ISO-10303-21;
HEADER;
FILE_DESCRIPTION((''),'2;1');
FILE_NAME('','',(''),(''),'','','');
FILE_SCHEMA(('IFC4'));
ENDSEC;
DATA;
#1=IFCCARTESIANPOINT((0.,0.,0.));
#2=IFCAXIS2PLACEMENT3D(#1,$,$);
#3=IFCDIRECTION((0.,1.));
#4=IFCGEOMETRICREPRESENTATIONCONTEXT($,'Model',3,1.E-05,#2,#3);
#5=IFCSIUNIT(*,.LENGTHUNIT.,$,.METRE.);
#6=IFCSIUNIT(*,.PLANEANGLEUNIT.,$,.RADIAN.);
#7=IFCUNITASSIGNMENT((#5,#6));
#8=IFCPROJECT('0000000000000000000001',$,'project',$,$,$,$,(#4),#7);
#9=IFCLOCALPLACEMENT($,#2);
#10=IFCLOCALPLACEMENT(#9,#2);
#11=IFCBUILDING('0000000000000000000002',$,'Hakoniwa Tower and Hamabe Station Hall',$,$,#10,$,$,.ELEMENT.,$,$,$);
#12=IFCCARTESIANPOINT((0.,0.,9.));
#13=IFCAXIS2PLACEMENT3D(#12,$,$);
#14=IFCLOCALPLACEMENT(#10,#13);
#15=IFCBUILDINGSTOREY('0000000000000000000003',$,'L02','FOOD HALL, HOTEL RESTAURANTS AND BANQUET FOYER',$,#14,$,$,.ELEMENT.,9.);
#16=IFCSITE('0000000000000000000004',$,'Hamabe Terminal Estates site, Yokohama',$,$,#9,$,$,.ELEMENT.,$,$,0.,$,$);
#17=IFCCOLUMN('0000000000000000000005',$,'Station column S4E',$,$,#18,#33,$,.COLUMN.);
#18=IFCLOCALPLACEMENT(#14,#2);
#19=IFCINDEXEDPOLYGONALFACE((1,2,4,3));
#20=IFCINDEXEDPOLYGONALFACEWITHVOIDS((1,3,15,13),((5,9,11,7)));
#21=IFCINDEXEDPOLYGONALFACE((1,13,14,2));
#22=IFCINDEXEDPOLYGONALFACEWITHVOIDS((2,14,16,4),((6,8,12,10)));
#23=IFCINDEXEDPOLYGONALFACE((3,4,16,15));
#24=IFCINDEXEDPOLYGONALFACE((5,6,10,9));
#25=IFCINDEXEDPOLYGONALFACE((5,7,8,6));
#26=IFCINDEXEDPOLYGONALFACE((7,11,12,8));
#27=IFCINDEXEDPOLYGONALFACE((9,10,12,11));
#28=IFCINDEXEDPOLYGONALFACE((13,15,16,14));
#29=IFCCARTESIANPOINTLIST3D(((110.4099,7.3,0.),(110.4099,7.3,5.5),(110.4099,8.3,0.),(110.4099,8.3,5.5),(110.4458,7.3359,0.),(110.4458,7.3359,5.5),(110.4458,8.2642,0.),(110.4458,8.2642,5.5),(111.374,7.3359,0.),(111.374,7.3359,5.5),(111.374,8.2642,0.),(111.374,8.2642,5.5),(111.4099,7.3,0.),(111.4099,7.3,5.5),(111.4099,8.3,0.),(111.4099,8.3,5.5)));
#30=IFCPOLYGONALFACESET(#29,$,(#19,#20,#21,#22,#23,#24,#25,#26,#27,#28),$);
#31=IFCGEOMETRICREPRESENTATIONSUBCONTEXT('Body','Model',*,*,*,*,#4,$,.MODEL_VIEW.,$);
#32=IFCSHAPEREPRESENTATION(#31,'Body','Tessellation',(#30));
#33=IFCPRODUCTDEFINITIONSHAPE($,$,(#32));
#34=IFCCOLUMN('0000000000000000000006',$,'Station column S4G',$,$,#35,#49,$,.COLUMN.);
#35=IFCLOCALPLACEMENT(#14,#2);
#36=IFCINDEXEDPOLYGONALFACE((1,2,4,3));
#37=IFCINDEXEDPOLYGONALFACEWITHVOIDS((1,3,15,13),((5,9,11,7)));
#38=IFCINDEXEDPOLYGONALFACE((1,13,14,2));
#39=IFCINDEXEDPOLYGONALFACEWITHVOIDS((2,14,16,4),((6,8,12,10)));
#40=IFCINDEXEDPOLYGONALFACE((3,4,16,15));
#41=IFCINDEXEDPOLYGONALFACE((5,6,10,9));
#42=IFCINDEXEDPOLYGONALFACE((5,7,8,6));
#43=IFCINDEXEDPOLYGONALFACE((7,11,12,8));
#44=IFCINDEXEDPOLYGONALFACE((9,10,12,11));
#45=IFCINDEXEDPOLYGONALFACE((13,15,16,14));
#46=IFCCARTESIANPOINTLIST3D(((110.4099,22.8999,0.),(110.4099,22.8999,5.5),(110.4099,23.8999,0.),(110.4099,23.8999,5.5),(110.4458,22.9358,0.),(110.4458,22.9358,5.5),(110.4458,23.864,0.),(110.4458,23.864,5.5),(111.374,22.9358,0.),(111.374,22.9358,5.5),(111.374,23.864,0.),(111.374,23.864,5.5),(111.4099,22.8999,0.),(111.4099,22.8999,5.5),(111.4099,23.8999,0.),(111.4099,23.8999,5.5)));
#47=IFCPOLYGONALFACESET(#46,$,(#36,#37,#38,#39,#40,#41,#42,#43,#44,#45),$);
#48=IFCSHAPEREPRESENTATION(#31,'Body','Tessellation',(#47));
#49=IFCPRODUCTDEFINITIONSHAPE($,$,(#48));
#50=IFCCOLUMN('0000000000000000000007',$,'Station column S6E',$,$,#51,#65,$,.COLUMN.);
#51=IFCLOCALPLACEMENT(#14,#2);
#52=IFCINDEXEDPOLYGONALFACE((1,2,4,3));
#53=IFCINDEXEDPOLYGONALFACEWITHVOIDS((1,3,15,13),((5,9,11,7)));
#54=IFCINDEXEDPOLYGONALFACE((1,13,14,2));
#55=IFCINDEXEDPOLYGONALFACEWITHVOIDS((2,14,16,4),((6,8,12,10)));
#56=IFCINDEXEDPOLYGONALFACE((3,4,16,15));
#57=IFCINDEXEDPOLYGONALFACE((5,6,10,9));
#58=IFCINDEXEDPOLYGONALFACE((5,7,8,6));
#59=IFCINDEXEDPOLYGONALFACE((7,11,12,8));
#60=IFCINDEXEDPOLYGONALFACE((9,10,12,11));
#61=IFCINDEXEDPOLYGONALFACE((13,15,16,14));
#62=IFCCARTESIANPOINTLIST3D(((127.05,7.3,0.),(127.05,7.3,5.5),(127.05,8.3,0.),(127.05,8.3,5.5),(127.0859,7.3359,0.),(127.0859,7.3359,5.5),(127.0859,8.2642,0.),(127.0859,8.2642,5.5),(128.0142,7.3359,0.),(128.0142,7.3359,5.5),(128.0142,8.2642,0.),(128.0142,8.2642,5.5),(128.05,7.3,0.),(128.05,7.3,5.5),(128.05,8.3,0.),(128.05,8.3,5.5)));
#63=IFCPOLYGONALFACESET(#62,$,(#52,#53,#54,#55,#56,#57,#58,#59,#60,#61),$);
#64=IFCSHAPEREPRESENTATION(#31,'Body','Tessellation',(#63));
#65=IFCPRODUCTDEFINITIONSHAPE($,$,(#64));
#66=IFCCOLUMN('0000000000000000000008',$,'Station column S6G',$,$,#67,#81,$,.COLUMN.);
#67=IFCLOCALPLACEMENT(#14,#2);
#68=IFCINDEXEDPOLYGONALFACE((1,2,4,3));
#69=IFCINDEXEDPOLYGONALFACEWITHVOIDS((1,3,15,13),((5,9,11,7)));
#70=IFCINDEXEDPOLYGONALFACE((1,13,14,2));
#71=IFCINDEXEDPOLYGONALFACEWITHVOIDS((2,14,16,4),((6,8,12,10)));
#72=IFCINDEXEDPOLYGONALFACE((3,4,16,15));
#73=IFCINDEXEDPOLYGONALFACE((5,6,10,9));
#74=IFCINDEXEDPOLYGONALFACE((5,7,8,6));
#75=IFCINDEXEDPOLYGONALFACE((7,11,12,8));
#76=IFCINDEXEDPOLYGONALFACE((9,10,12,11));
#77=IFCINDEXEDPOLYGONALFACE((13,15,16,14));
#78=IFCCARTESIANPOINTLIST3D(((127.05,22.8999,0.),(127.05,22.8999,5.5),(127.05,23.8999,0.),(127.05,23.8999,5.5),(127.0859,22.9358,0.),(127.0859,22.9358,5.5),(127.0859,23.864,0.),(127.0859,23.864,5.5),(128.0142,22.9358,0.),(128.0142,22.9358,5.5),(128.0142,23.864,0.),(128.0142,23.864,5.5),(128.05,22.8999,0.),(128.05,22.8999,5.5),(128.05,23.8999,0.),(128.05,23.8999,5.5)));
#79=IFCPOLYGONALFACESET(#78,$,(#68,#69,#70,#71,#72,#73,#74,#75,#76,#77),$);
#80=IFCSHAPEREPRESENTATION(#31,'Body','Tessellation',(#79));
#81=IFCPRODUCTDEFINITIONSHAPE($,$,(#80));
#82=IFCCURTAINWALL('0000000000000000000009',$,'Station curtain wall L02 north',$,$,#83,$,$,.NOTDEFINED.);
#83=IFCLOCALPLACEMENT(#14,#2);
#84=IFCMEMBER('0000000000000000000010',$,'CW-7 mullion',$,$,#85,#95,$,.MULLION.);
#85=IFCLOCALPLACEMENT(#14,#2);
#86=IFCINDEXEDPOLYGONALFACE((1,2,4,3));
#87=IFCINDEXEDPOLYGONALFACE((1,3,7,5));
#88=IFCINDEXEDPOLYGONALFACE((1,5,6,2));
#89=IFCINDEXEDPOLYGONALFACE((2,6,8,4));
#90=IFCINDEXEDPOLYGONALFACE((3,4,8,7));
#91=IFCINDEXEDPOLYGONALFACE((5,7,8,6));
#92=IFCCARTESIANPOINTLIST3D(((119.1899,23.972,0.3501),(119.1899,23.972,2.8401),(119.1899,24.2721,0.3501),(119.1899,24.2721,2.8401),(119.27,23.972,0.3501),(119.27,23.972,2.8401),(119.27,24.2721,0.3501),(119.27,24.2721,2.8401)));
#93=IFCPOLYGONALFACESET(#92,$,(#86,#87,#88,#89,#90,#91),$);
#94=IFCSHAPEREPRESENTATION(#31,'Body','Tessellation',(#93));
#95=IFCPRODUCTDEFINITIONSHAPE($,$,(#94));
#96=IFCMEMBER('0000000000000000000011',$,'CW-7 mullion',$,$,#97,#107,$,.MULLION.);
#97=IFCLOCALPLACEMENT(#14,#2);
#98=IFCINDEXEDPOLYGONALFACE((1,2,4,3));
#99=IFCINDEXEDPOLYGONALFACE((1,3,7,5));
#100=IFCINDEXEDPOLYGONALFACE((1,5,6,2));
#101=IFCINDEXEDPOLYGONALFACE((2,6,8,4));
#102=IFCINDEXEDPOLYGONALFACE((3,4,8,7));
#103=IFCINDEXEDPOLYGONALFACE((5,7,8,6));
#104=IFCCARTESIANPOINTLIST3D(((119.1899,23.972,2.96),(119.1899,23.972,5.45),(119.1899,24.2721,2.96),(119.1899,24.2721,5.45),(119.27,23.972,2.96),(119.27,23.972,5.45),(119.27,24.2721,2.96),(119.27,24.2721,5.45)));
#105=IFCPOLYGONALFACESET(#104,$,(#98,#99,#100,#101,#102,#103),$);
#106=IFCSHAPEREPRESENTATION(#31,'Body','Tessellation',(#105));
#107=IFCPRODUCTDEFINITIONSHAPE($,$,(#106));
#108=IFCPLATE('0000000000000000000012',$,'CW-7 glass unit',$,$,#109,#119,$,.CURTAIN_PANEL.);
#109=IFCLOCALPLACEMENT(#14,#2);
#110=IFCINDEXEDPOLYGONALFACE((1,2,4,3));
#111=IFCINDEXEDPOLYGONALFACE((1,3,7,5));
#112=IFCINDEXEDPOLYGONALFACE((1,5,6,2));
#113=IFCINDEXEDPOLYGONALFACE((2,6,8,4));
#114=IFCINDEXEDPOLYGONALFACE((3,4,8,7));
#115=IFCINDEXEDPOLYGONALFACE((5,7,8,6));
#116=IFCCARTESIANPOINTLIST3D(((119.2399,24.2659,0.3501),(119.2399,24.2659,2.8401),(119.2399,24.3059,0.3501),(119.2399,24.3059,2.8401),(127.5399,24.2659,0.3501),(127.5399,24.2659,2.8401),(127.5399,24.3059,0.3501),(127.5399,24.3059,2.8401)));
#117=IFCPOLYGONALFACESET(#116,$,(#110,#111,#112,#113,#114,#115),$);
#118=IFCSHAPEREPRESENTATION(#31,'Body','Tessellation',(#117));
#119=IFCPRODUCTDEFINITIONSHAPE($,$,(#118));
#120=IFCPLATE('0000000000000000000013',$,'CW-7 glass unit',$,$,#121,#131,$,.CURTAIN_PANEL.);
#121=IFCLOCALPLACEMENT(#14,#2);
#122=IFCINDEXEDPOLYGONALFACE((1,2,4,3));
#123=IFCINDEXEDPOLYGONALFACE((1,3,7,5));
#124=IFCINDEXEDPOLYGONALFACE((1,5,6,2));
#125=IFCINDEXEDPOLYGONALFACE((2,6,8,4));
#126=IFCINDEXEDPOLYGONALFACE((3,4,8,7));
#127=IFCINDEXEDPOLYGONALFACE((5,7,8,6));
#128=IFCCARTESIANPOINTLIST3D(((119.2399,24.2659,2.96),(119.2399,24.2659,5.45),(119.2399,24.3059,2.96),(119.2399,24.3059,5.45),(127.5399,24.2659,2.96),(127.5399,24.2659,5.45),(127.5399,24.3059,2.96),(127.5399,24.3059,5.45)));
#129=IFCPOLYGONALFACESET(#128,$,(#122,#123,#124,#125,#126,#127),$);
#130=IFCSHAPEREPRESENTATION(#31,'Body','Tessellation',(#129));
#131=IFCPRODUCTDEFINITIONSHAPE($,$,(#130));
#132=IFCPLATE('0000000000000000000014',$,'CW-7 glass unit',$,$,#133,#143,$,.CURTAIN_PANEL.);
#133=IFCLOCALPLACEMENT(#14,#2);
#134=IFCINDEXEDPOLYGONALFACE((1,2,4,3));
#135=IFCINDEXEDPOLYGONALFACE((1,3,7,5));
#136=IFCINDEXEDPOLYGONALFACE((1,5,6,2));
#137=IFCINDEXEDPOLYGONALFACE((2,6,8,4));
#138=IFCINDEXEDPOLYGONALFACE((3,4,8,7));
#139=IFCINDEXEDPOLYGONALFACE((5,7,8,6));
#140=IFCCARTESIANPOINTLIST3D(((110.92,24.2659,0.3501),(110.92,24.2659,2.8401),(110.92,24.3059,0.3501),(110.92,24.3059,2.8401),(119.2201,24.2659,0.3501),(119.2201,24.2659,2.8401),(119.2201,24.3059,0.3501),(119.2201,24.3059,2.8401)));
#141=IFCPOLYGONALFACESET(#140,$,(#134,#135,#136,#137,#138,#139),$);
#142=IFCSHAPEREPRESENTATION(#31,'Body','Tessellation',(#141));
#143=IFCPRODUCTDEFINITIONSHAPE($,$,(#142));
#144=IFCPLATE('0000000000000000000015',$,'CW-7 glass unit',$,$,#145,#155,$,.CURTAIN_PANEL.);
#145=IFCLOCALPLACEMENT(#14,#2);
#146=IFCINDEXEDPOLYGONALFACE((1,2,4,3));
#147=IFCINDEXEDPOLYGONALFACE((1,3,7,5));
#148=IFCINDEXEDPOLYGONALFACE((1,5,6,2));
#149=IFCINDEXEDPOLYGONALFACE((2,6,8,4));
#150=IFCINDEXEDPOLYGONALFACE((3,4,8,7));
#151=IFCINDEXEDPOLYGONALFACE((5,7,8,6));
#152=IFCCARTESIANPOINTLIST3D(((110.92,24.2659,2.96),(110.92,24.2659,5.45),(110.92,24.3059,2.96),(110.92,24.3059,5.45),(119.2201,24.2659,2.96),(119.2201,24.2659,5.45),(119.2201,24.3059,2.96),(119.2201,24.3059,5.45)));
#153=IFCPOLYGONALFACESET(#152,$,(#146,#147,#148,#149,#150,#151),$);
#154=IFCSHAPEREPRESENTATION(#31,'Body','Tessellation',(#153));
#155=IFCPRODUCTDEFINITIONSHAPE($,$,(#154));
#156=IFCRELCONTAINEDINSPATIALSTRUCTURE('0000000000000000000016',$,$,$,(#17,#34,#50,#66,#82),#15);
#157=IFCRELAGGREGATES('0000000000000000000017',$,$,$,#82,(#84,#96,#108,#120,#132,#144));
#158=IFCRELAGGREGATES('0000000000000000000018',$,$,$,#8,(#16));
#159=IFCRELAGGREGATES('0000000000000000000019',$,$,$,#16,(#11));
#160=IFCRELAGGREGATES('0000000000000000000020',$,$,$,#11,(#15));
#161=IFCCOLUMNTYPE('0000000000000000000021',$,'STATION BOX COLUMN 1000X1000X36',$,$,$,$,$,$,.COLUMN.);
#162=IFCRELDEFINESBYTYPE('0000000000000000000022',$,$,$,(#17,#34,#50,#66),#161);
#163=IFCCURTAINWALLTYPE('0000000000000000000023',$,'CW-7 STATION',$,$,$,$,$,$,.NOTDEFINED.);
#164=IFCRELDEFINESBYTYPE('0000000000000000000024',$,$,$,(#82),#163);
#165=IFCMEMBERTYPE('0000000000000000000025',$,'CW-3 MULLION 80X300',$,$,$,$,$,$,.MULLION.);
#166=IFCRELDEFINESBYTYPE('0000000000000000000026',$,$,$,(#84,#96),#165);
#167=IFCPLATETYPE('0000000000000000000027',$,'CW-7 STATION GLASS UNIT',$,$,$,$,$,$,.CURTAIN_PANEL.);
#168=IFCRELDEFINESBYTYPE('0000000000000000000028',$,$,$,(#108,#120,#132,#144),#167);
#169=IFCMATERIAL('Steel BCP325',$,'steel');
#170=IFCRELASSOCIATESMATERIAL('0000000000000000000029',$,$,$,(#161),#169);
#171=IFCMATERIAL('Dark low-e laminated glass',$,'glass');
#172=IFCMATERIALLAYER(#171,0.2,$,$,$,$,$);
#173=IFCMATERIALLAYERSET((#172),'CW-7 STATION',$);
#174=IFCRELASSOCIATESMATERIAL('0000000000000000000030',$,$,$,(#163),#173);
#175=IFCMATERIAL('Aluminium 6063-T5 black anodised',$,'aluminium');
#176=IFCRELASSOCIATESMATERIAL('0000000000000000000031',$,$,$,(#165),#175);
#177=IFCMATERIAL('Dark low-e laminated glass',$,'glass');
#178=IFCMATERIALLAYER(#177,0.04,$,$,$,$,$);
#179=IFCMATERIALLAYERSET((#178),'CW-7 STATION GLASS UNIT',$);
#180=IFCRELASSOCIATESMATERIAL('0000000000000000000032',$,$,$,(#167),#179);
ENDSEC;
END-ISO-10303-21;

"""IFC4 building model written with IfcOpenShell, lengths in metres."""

from ifc_helpers import new_model, si_unit, direction, frame, origin, origin_2d, place, context, subcontext, project, spatial, rectangle, hollow_rectangle, extrude, material, layer, layer_set, material_profile, profile_set, type_object, element, aggregate, save


model = new_model("IFC4")

# Units and contexts
model_context = context("Model", 3, precision=1e-05, world=origin(), true_north=direction((0.0, 1.0)))
body_context = subcontext(model_context, "Body", "Model", "MODEL_VIEW")
ifc_project = project(units=[si_unit("LENGTHUNIT", "METRE"), si_unit("PLANEANGLEUNIT", "RADIAN")], contexts=[model_context])

# Site, building, storey
site_placement = place(None, origin())
site = spatial("IfcSite", under=ifc_project, at=site_placement, Name="Hamabe Terminal Estates site, Yokohama", CompositionType="ELEMENT", RefElevation=0.0)
building_placement = place(site_placement, origin())
building = spatial("IfcBuilding", under=site, at=building_placement, Name="Hakoniwa Tower and Hamabe Station Hall", CompositionType="ELEMENT")
storey_placement = place(building_placement, frame((0.0, 0.0, 9.0)))
storey = spatial("IfcBuildingStorey", under=building, at=storey_placement, Name="L02", Description="FOOD HALL, HOTEL RESTAURANTS AND BANQUET FOYER", CompositionType="ELEMENT", Elevation=9.0)

# Columns
ifc_material_1 = material(Name="Steel BCP325", Category="steel")
ifc_material_profile_1 = material_profile(ifc_material_1, hollow_rectangle(XDim=1.0, YDim=1.0, WallThickness=0.0359, at=origin_2d()), Name="STATION BOX COLUMN 1000X1000X36")
ifc_profile_set_1 = profile_set([ifc_material_profile_1], Name="Steel BCP325")
column_type = type_object("IfcColumnType", Name="STATION BOX COLUMN 1000X1000X36", PredefinedType="COLUMN", material=ifc_profile_set_1)
for number, where, z_axis, x_axis, name in (
    (1, (110.9099, 7.8, 0.0), (0.0, 0.0, 1.0), (1.0, 0.0, 0.0), "Station column S4E"),
    (2, (110.9099, 23.3999, 0.0), (0.0, 0.0, 1.0), (1.0, 0.0, 0.0), "Station column S4G"),
    (3, (127.55, 7.8, 0.0), (0.0, 0.0, 1.0), (1.0, 0.0, 0.0), "Station column S6E"),
    (4, (127.55, 23.3999, 0.0), (0.0, 0.0, 1.0), (1.0, 0.0, 0.0), "Station column S6G"),
):
    element("IfcColumn", number, at=place(storey_placement, frame(where, z_axis=z_axis, x_axis=x_axis)), inside=storey, type_object=column_type, Name=name, PredefinedType="COLUMN", context=body_context, shape_type="SweptSolid", body=[
        extrude(hollow_rectangle(XDim=1.0, YDim=1.0, WallThickness=0.0359, at=origin_2d()), origin(), (0.0, 0.0, 1.0), 5.5),
    ])

# Curtain wall, members, plates
ifc_material_2 = material(Name="Dark low-e laminated glass", Category="glass")
ifc_layer_1 = layer(ifc_material_2, 0.2)
ifc_layer_set_1 = layer_set([ifc_layer_1], Name="CW-7 STATION")
curtain_wall_type = type_object("IfcCurtainWallType", Name="CW-7 STATION", PredefinedType="NOTDEFINED", material=ifc_layer_set_1)
curtain_wall_placement = place(storey_placement, origin())
curtain_wall = element("IfcCurtainWall", 5, at=curtain_wall_placement, inside=storey, type_object=curtain_wall_type, Name="Station curtain wall L02 north", PredefinedType="NOTDEFINED")
ifc_material_3 = material(Name="Aluminium 6063-T5 black anodised", Category="aluminium")
ifc_material_profile_2 = material_profile(ifc_material_3, rectangle(XDim=0.0801, YDim=0.3, at=origin_2d()), Name="CW-3 MULLION 80X300")
ifc_profile_set_2 = profile_set([ifc_material_profile_2], Name="Aluminium 6063-T5 black anodised")
member_type = type_object("IfcMemberType", Name="CW-3 MULLION 80X300", PredefinedType="MULLION", material=ifc_profile_set_2)
member_1_placement = place(storey_placement, frame((119.23, 24.1221, 0.3501), z_axis=(0.0, 0.0, 1.0), x_axis=(-1.0, 0.0, 0.0)))
member_1 = element("IfcMember", 6, at=member_1_placement, type_object=member_type, Name="CW-7 mullion", PredefinedType="MULLION", context=body_context, shape_type="SweptSolid", body=[
    extrude(rectangle(XDim=0.0801, YDim=0.3, at=origin_2d()), origin(), (0.0, 0.0, 1.0), 2.49),
])
member_2_placement = place(storey_placement, frame((119.23, 24.1221, 2.96), z_axis=(0.0, 0.0, 1.0), x_axis=(-1.0, 0.0, 0.0)))
member_2 = element("IfcMember", 7, at=member_2_placement, type_object=member_type, Name="CW-7 mullion", PredefinedType="MULLION", context=body_context, shape_type="SweptSolid", body=[
    extrude(rectangle(XDim=0.0801, YDim=0.3, at=origin_2d()), origin(), (0.0, 0.0, 1.0), 2.49),
])
ifc_material_4 = material(Name="Dark low-e laminated glass", Category="glass")
ifc_layer_2 = layer(ifc_material_4, 0.04)
ifc_layer_set_2 = layer_set([ifc_layer_2], Name="CW-7 STATION GLASS UNIT")
plate_type = type_object("IfcPlateType", Name="CW-7 STATION GLASS UNIT", PredefinedType="CURTAIN_PANEL", material=ifc_layer_set_2)
plate_1_placement = place(storey_placement, frame((123.3899, 24.2859, 0.3501), z_axis=(0.0, 0.0, 1.0), x_axis=(-1.0, 0.0, 0.0)))
plate_1 = element("IfcPlate", 8, at=plate_1_placement, type_object=plate_type, Name="CW-7 glass unit", PredefinedType="CURTAIN_PANEL", context=body_context, shape_type="SweptSolid", body=[
    extrude(rectangle(XDim=8.3, YDim=0.04, at=origin_2d()), origin(), (0.0, 0.0, 1.0), 2.49),
])
plate_2_placement = place(storey_placement, frame((123.3899, 24.2859, 2.96), z_axis=(0.0, 0.0, 1.0), x_axis=(-1.0, 0.0, 0.0)))
plate_2 = element("IfcPlate", 9, at=plate_2_placement, type_object=plate_type, Name="CW-7 glass unit", PredefinedType="CURTAIN_PANEL", context=body_context, shape_type="SweptSolid", body=[
    extrude(rectangle(XDim=8.3, YDim=0.04, at=origin_2d()), origin(), (0.0, 0.0, 1.0), 2.49),
])
plate_3_placement = place(storey_placement, frame((115.0701, 24.2859, 0.3501), z_axis=(0.0, 0.0, 1.0), x_axis=(-1.0, 0.0, 0.0)))
plate_3 = element("IfcPlate", 10, at=plate_3_placement, type_object=plate_type, Name="CW-7 glass unit", PredefinedType="CURTAIN_PANEL", context=body_context, shape_type="SweptSolid", body=[
    extrude(rectangle(XDim=8.3, YDim=0.04, at=origin_2d()), origin(), (0.0, 0.0, 1.0), 2.49),
])
plate_4_placement = place(storey_placement, frame((115.0701, 24.2859, 2.96), z_axis=(0.0, 0.0, 1.0), x_axis=(-1.0, 0.0, 0.0)))
plate_4 = element("IfcPlate", 11, at=plate_4_placement, type_object=plate_type, Name="CW-7 glass unit", PredefinedType="CURTAIN_PANEL", context=body_context, shape_type="SweptSolid", body=[
    extrude(rectangle(XDim=8.3, YDim=0.04, at=origin_2d()), origin(), (0.0, 0.0, 1.0), 2.49),
])
aggregate(curtain_wall, [member_1, member_2, plate_1, plate_2, plate_3, plate_4])

save(model, "model.ifc")
